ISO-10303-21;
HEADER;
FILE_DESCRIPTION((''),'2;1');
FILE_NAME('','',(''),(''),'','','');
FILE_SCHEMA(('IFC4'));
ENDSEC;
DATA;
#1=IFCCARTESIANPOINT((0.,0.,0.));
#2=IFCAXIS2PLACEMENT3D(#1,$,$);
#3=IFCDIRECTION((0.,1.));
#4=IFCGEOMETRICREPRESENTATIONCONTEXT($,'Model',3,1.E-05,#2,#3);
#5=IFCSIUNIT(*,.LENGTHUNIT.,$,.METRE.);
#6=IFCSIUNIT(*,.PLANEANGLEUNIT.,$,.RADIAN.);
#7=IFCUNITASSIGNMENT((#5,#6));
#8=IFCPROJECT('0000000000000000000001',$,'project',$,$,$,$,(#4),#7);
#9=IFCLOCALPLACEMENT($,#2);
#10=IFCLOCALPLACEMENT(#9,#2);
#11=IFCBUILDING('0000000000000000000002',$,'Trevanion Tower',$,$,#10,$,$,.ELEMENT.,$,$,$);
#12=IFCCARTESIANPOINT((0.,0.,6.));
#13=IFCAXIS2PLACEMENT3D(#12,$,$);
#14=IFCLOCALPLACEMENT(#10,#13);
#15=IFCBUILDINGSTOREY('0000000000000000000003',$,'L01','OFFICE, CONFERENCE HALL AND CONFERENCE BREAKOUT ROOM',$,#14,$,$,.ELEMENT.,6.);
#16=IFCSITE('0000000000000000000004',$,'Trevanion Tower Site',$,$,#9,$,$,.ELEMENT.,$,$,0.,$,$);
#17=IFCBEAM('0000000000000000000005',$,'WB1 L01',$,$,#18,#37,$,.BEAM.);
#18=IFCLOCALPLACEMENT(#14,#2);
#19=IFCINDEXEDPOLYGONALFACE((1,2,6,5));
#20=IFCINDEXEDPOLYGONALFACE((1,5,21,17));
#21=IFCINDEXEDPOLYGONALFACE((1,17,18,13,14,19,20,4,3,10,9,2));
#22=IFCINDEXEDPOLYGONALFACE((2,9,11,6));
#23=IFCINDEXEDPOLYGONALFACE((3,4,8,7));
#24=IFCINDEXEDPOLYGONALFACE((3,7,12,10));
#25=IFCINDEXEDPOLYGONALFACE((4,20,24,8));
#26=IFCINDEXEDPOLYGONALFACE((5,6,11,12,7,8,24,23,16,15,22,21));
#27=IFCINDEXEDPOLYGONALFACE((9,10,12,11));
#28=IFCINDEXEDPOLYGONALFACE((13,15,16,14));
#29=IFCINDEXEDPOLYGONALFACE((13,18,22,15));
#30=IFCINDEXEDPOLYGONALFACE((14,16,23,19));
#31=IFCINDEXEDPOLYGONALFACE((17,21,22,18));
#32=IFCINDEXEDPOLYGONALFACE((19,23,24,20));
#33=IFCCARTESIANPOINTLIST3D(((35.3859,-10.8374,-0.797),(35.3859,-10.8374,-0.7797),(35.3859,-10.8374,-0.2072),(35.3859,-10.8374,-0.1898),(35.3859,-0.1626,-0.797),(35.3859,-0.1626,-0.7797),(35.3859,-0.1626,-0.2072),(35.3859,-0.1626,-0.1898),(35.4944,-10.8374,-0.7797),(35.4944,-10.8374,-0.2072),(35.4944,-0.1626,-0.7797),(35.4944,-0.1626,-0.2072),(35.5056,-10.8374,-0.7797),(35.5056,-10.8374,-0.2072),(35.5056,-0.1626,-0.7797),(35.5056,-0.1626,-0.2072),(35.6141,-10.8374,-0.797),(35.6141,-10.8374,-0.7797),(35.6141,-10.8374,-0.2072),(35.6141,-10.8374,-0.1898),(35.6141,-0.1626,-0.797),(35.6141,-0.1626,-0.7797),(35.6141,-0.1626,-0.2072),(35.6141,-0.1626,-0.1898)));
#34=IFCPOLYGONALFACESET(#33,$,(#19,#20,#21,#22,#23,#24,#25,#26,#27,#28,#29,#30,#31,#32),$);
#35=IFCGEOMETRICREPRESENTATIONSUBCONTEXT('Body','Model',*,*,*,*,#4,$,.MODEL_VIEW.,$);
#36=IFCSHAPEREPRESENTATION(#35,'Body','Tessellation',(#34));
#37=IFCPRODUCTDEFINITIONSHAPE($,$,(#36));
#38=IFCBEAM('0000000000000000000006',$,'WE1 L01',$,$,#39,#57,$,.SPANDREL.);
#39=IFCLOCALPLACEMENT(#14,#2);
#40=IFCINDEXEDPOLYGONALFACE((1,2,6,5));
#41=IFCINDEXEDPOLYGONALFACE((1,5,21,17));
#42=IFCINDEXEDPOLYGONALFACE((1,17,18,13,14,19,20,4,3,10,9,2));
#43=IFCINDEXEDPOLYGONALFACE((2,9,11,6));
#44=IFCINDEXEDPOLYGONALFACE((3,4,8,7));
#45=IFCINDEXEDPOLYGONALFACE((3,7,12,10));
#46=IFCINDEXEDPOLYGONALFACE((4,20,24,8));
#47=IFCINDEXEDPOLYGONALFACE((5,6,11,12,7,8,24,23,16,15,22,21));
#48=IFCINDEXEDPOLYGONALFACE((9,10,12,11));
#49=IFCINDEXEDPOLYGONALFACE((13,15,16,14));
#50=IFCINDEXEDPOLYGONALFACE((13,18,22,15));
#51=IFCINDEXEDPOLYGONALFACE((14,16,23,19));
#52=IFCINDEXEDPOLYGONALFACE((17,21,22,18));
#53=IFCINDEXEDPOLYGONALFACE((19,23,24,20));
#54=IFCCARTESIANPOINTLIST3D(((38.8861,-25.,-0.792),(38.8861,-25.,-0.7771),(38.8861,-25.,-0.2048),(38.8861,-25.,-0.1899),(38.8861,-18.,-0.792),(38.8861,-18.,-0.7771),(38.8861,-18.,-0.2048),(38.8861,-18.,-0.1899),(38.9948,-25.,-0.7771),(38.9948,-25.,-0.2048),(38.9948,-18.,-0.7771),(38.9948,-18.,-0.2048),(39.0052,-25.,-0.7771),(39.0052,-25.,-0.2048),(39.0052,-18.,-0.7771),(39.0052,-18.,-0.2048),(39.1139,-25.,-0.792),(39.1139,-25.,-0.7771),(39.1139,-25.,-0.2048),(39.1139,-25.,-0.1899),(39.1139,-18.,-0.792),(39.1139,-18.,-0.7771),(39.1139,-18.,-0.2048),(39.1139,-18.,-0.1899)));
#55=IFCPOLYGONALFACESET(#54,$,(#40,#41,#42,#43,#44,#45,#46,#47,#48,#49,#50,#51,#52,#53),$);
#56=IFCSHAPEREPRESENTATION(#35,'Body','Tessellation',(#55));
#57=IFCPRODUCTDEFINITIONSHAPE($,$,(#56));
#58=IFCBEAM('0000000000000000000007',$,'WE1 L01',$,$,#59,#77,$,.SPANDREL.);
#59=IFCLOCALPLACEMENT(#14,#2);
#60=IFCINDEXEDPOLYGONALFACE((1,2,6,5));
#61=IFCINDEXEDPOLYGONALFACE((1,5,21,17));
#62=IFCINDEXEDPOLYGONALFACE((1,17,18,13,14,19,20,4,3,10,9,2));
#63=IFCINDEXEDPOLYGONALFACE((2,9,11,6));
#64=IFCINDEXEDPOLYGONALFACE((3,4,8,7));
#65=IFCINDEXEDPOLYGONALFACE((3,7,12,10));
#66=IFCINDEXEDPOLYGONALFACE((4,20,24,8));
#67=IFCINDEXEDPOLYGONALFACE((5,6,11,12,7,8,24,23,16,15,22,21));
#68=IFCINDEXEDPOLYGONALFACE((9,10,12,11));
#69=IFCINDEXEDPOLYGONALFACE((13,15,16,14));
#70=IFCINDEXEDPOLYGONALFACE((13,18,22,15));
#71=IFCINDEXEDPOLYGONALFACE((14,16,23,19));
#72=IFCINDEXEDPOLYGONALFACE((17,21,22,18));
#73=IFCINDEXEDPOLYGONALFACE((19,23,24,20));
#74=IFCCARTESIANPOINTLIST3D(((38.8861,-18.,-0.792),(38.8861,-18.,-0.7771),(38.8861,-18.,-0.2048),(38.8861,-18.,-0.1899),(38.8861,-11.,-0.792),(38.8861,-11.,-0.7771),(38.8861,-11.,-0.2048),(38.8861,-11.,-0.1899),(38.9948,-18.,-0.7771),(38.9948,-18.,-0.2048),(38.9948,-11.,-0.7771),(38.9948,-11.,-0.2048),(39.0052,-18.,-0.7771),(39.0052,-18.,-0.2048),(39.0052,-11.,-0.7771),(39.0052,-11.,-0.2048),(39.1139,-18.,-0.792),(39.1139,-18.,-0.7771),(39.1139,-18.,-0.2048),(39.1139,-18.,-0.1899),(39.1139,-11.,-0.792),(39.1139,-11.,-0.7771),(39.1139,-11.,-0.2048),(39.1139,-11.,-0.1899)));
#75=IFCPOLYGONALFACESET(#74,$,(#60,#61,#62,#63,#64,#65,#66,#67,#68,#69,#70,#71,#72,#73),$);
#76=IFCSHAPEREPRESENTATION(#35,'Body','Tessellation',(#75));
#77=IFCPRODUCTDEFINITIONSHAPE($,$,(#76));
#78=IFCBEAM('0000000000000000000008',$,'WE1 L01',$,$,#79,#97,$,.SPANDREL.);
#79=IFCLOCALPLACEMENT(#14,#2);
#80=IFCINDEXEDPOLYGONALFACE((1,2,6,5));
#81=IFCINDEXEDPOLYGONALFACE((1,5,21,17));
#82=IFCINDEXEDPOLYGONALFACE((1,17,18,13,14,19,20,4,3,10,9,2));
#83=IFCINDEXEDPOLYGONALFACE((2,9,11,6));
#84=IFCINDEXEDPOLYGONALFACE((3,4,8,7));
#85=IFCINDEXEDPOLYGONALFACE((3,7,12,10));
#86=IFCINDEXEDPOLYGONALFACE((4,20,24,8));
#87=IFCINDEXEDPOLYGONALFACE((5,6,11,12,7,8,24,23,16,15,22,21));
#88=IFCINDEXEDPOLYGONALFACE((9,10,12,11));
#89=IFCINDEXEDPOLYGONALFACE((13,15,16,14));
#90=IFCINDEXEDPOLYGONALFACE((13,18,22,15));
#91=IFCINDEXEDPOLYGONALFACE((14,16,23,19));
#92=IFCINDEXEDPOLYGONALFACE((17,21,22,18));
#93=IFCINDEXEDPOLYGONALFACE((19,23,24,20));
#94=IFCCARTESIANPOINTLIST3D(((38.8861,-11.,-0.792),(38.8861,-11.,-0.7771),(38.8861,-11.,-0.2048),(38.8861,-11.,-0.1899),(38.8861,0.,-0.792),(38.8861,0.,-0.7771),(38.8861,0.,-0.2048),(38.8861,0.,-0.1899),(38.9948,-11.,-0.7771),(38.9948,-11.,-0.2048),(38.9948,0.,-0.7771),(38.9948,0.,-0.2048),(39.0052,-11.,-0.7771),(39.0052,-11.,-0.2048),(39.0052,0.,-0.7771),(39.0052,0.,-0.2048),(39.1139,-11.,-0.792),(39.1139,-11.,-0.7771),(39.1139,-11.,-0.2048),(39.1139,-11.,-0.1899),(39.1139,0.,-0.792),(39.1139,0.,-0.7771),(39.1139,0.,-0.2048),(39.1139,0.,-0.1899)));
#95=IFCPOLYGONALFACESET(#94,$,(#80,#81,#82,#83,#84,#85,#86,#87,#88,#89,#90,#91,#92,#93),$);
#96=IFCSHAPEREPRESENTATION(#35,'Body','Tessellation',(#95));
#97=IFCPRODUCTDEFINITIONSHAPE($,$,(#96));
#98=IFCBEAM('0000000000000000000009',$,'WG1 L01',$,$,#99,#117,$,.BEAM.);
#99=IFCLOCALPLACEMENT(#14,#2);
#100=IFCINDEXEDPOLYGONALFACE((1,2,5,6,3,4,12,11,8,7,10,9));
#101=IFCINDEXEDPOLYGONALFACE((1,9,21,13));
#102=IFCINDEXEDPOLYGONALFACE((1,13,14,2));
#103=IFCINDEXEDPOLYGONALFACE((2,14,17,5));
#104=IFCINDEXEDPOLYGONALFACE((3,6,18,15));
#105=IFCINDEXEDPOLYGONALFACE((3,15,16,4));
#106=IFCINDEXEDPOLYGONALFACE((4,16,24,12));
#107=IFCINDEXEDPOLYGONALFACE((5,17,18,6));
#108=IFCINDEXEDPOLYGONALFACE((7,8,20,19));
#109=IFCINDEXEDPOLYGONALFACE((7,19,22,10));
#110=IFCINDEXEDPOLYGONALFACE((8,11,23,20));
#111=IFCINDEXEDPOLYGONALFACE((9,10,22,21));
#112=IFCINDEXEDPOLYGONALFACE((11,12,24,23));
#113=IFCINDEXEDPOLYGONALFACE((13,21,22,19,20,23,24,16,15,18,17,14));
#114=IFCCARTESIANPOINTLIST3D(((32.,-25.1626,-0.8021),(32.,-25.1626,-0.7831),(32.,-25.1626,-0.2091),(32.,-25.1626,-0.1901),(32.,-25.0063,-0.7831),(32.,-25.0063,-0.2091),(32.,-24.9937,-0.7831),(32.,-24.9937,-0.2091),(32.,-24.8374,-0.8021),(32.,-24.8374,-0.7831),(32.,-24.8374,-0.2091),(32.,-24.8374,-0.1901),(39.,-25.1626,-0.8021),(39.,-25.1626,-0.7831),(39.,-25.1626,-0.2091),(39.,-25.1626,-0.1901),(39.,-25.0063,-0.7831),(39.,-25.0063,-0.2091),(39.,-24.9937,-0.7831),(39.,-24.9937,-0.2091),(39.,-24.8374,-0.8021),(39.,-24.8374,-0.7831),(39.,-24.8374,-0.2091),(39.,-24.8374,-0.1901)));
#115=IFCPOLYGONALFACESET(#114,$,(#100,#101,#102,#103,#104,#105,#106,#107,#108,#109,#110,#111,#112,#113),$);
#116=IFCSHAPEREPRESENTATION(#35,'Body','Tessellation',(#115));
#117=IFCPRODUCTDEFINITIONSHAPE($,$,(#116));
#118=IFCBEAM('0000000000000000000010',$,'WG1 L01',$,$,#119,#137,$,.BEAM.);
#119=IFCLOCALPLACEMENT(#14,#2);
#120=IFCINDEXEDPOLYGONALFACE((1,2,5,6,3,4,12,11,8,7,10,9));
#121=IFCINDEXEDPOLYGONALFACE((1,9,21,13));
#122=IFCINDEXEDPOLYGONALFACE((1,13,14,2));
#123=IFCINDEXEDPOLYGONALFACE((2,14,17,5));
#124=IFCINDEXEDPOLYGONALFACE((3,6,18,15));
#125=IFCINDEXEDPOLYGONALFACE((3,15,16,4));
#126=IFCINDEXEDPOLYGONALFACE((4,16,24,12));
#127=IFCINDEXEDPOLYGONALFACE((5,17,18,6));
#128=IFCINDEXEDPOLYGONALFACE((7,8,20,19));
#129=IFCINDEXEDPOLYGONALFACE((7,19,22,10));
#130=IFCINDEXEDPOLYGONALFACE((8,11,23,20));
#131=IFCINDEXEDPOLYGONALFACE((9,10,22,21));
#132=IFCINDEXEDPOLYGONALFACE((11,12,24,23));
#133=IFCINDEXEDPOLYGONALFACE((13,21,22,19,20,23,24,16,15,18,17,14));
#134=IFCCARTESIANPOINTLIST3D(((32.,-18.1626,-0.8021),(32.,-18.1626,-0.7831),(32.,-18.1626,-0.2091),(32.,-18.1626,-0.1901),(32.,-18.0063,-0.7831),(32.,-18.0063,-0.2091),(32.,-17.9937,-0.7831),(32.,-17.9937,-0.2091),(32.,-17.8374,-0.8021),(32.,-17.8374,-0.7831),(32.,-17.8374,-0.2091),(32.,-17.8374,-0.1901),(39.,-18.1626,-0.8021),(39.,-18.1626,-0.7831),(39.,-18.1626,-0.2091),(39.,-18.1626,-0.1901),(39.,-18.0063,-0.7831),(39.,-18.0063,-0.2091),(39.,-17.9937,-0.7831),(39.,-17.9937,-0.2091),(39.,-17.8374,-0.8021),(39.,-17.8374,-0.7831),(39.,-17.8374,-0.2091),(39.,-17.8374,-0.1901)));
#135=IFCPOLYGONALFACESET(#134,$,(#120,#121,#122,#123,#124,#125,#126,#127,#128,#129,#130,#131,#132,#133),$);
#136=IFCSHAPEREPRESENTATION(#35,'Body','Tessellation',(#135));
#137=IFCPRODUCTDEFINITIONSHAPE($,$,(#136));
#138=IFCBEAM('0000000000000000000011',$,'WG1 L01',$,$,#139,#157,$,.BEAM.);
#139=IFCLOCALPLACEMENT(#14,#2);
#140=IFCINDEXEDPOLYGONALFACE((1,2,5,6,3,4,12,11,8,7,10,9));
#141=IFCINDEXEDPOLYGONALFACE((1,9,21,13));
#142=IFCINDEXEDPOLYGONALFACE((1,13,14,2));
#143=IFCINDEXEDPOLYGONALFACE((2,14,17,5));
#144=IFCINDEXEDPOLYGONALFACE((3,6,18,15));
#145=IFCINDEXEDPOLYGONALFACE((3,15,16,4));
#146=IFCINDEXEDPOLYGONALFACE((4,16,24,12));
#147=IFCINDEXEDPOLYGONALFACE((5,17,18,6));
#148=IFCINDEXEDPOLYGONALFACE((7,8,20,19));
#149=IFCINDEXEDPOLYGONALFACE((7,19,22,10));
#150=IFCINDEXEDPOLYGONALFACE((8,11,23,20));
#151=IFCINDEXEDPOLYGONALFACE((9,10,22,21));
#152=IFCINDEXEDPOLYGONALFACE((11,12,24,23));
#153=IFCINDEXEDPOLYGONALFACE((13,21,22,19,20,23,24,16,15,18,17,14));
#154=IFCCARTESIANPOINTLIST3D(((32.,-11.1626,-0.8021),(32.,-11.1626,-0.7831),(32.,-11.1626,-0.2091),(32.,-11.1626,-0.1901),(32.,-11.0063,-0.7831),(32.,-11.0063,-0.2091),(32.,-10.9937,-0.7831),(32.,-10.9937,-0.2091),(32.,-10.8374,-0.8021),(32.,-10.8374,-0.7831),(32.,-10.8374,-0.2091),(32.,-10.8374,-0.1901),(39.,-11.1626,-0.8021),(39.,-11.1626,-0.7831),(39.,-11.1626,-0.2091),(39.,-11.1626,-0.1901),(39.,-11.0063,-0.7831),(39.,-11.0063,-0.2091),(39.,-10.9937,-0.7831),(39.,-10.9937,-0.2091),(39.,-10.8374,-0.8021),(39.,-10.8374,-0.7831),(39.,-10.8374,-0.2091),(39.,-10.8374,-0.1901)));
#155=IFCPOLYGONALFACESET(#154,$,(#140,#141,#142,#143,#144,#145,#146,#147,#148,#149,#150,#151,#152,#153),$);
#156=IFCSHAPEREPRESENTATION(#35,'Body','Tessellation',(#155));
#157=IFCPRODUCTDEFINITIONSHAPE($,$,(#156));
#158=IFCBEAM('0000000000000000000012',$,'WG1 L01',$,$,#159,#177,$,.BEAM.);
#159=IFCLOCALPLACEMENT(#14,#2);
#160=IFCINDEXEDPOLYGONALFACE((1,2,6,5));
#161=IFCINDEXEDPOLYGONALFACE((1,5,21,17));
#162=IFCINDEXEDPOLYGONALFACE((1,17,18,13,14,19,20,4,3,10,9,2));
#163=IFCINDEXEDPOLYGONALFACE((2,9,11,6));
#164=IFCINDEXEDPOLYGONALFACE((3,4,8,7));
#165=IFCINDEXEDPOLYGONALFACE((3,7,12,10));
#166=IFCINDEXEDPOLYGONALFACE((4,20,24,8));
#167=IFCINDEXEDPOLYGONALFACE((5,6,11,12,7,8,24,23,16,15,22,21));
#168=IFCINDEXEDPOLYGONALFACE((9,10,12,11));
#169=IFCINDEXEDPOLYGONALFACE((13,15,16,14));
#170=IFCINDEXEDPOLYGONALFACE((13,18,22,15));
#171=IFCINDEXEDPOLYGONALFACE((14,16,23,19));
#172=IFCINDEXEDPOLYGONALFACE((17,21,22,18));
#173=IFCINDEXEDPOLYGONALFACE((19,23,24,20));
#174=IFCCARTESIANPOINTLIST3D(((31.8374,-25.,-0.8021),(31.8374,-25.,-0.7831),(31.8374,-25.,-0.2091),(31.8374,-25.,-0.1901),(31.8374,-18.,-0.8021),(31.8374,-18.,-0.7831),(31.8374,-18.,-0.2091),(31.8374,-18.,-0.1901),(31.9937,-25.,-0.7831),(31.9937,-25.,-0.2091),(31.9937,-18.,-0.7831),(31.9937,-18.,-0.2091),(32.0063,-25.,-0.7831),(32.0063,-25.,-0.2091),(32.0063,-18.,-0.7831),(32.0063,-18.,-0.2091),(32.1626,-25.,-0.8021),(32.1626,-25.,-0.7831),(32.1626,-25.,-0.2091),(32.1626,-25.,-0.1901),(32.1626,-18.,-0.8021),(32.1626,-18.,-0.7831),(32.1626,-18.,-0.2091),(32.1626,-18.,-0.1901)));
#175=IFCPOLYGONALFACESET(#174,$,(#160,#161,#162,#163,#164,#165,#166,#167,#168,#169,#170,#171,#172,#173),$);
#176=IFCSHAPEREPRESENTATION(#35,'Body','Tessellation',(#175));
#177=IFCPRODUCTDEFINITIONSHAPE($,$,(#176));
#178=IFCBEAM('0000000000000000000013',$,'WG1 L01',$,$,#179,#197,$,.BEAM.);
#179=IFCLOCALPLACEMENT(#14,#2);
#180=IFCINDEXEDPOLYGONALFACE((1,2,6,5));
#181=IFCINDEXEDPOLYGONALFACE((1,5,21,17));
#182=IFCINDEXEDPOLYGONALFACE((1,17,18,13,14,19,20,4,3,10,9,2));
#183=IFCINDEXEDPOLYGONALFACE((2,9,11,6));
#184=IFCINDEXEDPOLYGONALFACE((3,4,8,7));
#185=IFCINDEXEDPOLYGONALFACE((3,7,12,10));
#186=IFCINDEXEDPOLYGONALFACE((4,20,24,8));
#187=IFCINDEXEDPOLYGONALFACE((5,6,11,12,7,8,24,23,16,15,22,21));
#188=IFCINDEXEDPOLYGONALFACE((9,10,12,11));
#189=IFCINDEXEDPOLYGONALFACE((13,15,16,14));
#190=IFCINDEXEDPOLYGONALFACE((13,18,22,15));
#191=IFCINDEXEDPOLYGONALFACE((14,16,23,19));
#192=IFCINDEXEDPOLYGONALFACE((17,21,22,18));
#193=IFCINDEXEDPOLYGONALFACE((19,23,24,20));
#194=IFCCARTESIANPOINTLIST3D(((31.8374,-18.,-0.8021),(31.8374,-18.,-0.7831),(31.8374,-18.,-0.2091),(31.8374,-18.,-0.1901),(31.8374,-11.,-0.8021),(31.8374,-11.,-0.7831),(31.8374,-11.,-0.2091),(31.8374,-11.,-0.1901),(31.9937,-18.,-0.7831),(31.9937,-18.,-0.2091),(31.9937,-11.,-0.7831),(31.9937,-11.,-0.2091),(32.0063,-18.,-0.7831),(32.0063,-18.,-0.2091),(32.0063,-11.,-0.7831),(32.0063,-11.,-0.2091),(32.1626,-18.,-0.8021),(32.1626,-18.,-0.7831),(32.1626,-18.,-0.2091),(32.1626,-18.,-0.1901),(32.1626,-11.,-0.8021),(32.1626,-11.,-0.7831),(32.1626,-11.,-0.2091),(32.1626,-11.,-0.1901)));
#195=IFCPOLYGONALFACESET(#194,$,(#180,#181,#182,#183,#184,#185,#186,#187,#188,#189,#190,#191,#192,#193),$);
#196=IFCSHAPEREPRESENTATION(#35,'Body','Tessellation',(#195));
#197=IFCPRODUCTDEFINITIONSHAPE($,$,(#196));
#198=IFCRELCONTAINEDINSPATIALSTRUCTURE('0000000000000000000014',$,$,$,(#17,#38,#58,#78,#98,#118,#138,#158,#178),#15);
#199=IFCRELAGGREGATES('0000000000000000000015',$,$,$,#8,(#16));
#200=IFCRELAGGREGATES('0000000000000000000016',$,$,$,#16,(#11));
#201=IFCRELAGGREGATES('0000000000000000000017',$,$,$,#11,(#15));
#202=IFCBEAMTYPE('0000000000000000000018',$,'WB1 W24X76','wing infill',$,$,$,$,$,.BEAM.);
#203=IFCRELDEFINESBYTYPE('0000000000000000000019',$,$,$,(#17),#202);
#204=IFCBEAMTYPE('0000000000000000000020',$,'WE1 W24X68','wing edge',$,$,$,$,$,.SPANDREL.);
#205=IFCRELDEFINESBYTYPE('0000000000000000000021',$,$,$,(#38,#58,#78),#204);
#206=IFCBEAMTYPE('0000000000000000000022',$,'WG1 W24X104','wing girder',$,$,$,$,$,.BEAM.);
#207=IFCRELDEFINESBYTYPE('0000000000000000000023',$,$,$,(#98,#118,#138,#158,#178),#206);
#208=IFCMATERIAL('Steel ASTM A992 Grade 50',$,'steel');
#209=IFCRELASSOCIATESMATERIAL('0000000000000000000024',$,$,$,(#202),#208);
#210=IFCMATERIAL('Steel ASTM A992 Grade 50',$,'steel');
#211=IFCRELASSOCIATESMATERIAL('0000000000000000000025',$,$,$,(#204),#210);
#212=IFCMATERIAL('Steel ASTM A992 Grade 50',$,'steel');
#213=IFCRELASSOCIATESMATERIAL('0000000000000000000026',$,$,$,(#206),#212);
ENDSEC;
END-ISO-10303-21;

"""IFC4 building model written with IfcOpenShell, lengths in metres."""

from ifc_helpers import new_model, si_unit, direction, frame, origin, origin_2d, place, context, subcontext, project, spatial, i_section, extrude, material, material_profile, profile_set, type_object, element, save


model = new_model("IFC4")

# Units and contexts
model_context = context("Model", 3, precision=1e-05, world=origin(), true_north=direction((0.0, 1.0)))
body_context = subcontext(model_context, "Body", "Model", "MODEL_VIEW")
ifc_project = project(units=[si_unit("LENGTHUNIT", "METRE"), si_unit("PLANEANGLEUNIT", "RADIAN")], contexts=[model_context])

# Site, building, storey
site_placement = place(None, origin())
site = spatial("IfcSite", under=ifc_project, at=site_placement, Name="Trevanion Tower Site", CompositionType="ELEMENT", RefElevation=0.0)
building_placement = place(site_placement, origin())
building = spatial("IfcBuilding", under=site, at=building_placement, Name="Trevanion Tower", CompositionType="ELEMENT")
storey_placement = place(building_placement, frame((0.0, 0.0, 6.0)))
storey = spatial("IfcBuildingStorey", under=building, at=storey_placement, Name="L01", Description="OFFICE, CONFERENCE HALL AND CONFERENCE BREAKOUT ROOM", CompositionType="ELEMENT", Elevation=6.0)

# Beams
ifc_material_1 = material(Name="Steel ASTM A992 Grade 50", Category="steel")
ifc_material_profile_1 = material_profile(ifc_material_1, i_section(OverallWidth=0.2283, OverallDepth=0.6072, WebThickness=0.0112, FlangeThickness=0.0173, at=origin_2d()), Name="W24X76")
ifc_profile_set_1 = profile_set([ifc_material_profile_1], Name="Steel ASTM A992 Grade 50")
beam_type_1 = type_object("IfcBeamType", Name="WB1 W24X76", Description="wing infill", PredefinedType="BEAM", material=ifc_profile_set_1)
beam_1_placement = place(storey_placement, frame((35.5, -10.8374, -0.4934), z_axis=(0.0, 1.0, 0.0), x_axis=(-1.0, 0.0, 0.0)))
element("IfcBeam", 1, at=beam_1_placement, inside=storey, type_object=beam_type_1, Name="WB1 L01", PredefinedType="BEAM", context=body_context, shape_type="SweptSolid", body=[
    extrude(i_section(OverallWidth=0.2283, OverallDepth=0.6072, WebThickness=0.0112, FlangeThickness=0.0173, at=origin_2d()), origin(), (0.0, 0.0, 1.0), 10.6748),
])
ifc_material_2 = material(Name="Steel ASTM A992 Grade 50", Category="steel")
ifc_material_profile_2 = material_profile(ifc_material_2, i_section(OverallWidth=0.2278, OverallDepth=0.6021, WebThickness=0.0105, FlangeThickness=0.0149, at=origin_2d()), Name="W24X68")
ifc_profile_set_2 = profile_set([ifc_material_profile_2], Name="Steel ASTM A992 Grade 50")
beam_type_2 = type_object("IfcBeamType", Name="WE1 W24X68", Description="wing edge", PredefinedType="SPANDREL", material=ifc_profile_set_2)
for number, where, z_axis, x_axis, name in (
    (2, (39.0, -25.0, -0.491), (0.0, 1.0, 0.0), (-1.0, 0.0, 0.0), "WE1 L01"),
    (3, (39.0, -18.0, -0.491), (0.0, 1.0, 0.0), (-1.0, 0.0, 0.0), "WE1 L01"),
):
    element("IfcBeam", number, at=place(storey_placement, frame(where, z_axis=z_axis, x_axis=x_axis)), inside=storey, type_object=beam_type_2, Name=name, PredefinedType="SPANDREL", context=body_context, shape_type="SweptSolid", body=[
        extrude(i_section(OverallWidth=0.2278, OverallDepth=0.6021, WebThickness=0.0105, FlangeThickness=0.0149, at=origin_2d()), origin(), (0.0, 0.0, 1.0), 7.0),
    ])
beam_2_placement = place(storey_placement, frame((39.0, -11.0, -0.491), z_axis=(0.0, 1.0, 0.0), x_axis=(-1.0, 0.0, 0.0)))
element("IfcBeam", 4, at=beam_2_placement, inside=storey, type_object=beam_type_2, Name="WE1 L01", PredefinedType="SPANDREL", context=body_context, shape_type="SweptSolid", body=[
    extrude(i_section(OverallWidth=0.2278, OverallDepth=0.6021, WebThickness=0.0105, FlangeThickness=0.0149, at=origin_2d()), origin(), (0.0, 0.0, 1.0), 11.0),
])
ifc_material_3 = material(Name="Steel ASTM A992 Grade 50", Category="steel")
ifc_material_profile_3 = material_profile(ifc_material_3, i_section(OverallWidth=0.3252, OverallDepth=0.6121, WebThickness=0.0127, FlangeThickness=0.019, at=origin_2d()), Name="W24X104")
ifc_profile_set_3 = profile_set([ifc_material_profile_3], Name="Steel ASTM A992 Grade 50")
beam_type_3 = type_object("IfcBeamType", Name="WG1 W24X104", Description="wing girder", PredefinedType="BEAM", material=ifc_profile_set_3)
for number, where, z_axis, x_axis, name in (
    (5, (32.0, -25.0, -0.4961), (1.0, 0.0, 0.0), (0.0, 1.0, 0.0), "WG1 L01"),
    (6, (32.0, -18.0, -0.4961), (1.0, 0.0, 0.0), (0.0, 1.0, 0.0), "WG1 L01"),
    (7, (32.0, -11.0, -0.4961), (1.0, 0.0, 0.0), (0.0, 1.0, 0.0), "WG1 L01"),
    (8, (32.0, -25.0, -0.4961), (0.0, 1.0, 0.0), (-1.0, 0.0, 0.0), "WG1 L01"),
    (9, (32.0, -18.0, -0.4961), (0.0, 1.0, 0.0), (-1.0, 0.0, 0.0), "WG1 L01"),
):
    element("IfcBeam", number, at=place(storey_placement, frame(where, z_axis=z_axis, x_axis=x_axis)), inside=storey, type_object=beam_type_3, Name=name, PredefinedType="BEAM", context=body_context, shape_type="SweptSolid", body=[
        extrude(i_section(OverallWidth=0.3252, OverallDepth=0.6121, WebThickness=0.0127, FlangeThickness=0.019, at=origin_2d()), origin(), (0.0, 0.0, 1.0), 7.0),
    ])

save(model, "model.ifc")
